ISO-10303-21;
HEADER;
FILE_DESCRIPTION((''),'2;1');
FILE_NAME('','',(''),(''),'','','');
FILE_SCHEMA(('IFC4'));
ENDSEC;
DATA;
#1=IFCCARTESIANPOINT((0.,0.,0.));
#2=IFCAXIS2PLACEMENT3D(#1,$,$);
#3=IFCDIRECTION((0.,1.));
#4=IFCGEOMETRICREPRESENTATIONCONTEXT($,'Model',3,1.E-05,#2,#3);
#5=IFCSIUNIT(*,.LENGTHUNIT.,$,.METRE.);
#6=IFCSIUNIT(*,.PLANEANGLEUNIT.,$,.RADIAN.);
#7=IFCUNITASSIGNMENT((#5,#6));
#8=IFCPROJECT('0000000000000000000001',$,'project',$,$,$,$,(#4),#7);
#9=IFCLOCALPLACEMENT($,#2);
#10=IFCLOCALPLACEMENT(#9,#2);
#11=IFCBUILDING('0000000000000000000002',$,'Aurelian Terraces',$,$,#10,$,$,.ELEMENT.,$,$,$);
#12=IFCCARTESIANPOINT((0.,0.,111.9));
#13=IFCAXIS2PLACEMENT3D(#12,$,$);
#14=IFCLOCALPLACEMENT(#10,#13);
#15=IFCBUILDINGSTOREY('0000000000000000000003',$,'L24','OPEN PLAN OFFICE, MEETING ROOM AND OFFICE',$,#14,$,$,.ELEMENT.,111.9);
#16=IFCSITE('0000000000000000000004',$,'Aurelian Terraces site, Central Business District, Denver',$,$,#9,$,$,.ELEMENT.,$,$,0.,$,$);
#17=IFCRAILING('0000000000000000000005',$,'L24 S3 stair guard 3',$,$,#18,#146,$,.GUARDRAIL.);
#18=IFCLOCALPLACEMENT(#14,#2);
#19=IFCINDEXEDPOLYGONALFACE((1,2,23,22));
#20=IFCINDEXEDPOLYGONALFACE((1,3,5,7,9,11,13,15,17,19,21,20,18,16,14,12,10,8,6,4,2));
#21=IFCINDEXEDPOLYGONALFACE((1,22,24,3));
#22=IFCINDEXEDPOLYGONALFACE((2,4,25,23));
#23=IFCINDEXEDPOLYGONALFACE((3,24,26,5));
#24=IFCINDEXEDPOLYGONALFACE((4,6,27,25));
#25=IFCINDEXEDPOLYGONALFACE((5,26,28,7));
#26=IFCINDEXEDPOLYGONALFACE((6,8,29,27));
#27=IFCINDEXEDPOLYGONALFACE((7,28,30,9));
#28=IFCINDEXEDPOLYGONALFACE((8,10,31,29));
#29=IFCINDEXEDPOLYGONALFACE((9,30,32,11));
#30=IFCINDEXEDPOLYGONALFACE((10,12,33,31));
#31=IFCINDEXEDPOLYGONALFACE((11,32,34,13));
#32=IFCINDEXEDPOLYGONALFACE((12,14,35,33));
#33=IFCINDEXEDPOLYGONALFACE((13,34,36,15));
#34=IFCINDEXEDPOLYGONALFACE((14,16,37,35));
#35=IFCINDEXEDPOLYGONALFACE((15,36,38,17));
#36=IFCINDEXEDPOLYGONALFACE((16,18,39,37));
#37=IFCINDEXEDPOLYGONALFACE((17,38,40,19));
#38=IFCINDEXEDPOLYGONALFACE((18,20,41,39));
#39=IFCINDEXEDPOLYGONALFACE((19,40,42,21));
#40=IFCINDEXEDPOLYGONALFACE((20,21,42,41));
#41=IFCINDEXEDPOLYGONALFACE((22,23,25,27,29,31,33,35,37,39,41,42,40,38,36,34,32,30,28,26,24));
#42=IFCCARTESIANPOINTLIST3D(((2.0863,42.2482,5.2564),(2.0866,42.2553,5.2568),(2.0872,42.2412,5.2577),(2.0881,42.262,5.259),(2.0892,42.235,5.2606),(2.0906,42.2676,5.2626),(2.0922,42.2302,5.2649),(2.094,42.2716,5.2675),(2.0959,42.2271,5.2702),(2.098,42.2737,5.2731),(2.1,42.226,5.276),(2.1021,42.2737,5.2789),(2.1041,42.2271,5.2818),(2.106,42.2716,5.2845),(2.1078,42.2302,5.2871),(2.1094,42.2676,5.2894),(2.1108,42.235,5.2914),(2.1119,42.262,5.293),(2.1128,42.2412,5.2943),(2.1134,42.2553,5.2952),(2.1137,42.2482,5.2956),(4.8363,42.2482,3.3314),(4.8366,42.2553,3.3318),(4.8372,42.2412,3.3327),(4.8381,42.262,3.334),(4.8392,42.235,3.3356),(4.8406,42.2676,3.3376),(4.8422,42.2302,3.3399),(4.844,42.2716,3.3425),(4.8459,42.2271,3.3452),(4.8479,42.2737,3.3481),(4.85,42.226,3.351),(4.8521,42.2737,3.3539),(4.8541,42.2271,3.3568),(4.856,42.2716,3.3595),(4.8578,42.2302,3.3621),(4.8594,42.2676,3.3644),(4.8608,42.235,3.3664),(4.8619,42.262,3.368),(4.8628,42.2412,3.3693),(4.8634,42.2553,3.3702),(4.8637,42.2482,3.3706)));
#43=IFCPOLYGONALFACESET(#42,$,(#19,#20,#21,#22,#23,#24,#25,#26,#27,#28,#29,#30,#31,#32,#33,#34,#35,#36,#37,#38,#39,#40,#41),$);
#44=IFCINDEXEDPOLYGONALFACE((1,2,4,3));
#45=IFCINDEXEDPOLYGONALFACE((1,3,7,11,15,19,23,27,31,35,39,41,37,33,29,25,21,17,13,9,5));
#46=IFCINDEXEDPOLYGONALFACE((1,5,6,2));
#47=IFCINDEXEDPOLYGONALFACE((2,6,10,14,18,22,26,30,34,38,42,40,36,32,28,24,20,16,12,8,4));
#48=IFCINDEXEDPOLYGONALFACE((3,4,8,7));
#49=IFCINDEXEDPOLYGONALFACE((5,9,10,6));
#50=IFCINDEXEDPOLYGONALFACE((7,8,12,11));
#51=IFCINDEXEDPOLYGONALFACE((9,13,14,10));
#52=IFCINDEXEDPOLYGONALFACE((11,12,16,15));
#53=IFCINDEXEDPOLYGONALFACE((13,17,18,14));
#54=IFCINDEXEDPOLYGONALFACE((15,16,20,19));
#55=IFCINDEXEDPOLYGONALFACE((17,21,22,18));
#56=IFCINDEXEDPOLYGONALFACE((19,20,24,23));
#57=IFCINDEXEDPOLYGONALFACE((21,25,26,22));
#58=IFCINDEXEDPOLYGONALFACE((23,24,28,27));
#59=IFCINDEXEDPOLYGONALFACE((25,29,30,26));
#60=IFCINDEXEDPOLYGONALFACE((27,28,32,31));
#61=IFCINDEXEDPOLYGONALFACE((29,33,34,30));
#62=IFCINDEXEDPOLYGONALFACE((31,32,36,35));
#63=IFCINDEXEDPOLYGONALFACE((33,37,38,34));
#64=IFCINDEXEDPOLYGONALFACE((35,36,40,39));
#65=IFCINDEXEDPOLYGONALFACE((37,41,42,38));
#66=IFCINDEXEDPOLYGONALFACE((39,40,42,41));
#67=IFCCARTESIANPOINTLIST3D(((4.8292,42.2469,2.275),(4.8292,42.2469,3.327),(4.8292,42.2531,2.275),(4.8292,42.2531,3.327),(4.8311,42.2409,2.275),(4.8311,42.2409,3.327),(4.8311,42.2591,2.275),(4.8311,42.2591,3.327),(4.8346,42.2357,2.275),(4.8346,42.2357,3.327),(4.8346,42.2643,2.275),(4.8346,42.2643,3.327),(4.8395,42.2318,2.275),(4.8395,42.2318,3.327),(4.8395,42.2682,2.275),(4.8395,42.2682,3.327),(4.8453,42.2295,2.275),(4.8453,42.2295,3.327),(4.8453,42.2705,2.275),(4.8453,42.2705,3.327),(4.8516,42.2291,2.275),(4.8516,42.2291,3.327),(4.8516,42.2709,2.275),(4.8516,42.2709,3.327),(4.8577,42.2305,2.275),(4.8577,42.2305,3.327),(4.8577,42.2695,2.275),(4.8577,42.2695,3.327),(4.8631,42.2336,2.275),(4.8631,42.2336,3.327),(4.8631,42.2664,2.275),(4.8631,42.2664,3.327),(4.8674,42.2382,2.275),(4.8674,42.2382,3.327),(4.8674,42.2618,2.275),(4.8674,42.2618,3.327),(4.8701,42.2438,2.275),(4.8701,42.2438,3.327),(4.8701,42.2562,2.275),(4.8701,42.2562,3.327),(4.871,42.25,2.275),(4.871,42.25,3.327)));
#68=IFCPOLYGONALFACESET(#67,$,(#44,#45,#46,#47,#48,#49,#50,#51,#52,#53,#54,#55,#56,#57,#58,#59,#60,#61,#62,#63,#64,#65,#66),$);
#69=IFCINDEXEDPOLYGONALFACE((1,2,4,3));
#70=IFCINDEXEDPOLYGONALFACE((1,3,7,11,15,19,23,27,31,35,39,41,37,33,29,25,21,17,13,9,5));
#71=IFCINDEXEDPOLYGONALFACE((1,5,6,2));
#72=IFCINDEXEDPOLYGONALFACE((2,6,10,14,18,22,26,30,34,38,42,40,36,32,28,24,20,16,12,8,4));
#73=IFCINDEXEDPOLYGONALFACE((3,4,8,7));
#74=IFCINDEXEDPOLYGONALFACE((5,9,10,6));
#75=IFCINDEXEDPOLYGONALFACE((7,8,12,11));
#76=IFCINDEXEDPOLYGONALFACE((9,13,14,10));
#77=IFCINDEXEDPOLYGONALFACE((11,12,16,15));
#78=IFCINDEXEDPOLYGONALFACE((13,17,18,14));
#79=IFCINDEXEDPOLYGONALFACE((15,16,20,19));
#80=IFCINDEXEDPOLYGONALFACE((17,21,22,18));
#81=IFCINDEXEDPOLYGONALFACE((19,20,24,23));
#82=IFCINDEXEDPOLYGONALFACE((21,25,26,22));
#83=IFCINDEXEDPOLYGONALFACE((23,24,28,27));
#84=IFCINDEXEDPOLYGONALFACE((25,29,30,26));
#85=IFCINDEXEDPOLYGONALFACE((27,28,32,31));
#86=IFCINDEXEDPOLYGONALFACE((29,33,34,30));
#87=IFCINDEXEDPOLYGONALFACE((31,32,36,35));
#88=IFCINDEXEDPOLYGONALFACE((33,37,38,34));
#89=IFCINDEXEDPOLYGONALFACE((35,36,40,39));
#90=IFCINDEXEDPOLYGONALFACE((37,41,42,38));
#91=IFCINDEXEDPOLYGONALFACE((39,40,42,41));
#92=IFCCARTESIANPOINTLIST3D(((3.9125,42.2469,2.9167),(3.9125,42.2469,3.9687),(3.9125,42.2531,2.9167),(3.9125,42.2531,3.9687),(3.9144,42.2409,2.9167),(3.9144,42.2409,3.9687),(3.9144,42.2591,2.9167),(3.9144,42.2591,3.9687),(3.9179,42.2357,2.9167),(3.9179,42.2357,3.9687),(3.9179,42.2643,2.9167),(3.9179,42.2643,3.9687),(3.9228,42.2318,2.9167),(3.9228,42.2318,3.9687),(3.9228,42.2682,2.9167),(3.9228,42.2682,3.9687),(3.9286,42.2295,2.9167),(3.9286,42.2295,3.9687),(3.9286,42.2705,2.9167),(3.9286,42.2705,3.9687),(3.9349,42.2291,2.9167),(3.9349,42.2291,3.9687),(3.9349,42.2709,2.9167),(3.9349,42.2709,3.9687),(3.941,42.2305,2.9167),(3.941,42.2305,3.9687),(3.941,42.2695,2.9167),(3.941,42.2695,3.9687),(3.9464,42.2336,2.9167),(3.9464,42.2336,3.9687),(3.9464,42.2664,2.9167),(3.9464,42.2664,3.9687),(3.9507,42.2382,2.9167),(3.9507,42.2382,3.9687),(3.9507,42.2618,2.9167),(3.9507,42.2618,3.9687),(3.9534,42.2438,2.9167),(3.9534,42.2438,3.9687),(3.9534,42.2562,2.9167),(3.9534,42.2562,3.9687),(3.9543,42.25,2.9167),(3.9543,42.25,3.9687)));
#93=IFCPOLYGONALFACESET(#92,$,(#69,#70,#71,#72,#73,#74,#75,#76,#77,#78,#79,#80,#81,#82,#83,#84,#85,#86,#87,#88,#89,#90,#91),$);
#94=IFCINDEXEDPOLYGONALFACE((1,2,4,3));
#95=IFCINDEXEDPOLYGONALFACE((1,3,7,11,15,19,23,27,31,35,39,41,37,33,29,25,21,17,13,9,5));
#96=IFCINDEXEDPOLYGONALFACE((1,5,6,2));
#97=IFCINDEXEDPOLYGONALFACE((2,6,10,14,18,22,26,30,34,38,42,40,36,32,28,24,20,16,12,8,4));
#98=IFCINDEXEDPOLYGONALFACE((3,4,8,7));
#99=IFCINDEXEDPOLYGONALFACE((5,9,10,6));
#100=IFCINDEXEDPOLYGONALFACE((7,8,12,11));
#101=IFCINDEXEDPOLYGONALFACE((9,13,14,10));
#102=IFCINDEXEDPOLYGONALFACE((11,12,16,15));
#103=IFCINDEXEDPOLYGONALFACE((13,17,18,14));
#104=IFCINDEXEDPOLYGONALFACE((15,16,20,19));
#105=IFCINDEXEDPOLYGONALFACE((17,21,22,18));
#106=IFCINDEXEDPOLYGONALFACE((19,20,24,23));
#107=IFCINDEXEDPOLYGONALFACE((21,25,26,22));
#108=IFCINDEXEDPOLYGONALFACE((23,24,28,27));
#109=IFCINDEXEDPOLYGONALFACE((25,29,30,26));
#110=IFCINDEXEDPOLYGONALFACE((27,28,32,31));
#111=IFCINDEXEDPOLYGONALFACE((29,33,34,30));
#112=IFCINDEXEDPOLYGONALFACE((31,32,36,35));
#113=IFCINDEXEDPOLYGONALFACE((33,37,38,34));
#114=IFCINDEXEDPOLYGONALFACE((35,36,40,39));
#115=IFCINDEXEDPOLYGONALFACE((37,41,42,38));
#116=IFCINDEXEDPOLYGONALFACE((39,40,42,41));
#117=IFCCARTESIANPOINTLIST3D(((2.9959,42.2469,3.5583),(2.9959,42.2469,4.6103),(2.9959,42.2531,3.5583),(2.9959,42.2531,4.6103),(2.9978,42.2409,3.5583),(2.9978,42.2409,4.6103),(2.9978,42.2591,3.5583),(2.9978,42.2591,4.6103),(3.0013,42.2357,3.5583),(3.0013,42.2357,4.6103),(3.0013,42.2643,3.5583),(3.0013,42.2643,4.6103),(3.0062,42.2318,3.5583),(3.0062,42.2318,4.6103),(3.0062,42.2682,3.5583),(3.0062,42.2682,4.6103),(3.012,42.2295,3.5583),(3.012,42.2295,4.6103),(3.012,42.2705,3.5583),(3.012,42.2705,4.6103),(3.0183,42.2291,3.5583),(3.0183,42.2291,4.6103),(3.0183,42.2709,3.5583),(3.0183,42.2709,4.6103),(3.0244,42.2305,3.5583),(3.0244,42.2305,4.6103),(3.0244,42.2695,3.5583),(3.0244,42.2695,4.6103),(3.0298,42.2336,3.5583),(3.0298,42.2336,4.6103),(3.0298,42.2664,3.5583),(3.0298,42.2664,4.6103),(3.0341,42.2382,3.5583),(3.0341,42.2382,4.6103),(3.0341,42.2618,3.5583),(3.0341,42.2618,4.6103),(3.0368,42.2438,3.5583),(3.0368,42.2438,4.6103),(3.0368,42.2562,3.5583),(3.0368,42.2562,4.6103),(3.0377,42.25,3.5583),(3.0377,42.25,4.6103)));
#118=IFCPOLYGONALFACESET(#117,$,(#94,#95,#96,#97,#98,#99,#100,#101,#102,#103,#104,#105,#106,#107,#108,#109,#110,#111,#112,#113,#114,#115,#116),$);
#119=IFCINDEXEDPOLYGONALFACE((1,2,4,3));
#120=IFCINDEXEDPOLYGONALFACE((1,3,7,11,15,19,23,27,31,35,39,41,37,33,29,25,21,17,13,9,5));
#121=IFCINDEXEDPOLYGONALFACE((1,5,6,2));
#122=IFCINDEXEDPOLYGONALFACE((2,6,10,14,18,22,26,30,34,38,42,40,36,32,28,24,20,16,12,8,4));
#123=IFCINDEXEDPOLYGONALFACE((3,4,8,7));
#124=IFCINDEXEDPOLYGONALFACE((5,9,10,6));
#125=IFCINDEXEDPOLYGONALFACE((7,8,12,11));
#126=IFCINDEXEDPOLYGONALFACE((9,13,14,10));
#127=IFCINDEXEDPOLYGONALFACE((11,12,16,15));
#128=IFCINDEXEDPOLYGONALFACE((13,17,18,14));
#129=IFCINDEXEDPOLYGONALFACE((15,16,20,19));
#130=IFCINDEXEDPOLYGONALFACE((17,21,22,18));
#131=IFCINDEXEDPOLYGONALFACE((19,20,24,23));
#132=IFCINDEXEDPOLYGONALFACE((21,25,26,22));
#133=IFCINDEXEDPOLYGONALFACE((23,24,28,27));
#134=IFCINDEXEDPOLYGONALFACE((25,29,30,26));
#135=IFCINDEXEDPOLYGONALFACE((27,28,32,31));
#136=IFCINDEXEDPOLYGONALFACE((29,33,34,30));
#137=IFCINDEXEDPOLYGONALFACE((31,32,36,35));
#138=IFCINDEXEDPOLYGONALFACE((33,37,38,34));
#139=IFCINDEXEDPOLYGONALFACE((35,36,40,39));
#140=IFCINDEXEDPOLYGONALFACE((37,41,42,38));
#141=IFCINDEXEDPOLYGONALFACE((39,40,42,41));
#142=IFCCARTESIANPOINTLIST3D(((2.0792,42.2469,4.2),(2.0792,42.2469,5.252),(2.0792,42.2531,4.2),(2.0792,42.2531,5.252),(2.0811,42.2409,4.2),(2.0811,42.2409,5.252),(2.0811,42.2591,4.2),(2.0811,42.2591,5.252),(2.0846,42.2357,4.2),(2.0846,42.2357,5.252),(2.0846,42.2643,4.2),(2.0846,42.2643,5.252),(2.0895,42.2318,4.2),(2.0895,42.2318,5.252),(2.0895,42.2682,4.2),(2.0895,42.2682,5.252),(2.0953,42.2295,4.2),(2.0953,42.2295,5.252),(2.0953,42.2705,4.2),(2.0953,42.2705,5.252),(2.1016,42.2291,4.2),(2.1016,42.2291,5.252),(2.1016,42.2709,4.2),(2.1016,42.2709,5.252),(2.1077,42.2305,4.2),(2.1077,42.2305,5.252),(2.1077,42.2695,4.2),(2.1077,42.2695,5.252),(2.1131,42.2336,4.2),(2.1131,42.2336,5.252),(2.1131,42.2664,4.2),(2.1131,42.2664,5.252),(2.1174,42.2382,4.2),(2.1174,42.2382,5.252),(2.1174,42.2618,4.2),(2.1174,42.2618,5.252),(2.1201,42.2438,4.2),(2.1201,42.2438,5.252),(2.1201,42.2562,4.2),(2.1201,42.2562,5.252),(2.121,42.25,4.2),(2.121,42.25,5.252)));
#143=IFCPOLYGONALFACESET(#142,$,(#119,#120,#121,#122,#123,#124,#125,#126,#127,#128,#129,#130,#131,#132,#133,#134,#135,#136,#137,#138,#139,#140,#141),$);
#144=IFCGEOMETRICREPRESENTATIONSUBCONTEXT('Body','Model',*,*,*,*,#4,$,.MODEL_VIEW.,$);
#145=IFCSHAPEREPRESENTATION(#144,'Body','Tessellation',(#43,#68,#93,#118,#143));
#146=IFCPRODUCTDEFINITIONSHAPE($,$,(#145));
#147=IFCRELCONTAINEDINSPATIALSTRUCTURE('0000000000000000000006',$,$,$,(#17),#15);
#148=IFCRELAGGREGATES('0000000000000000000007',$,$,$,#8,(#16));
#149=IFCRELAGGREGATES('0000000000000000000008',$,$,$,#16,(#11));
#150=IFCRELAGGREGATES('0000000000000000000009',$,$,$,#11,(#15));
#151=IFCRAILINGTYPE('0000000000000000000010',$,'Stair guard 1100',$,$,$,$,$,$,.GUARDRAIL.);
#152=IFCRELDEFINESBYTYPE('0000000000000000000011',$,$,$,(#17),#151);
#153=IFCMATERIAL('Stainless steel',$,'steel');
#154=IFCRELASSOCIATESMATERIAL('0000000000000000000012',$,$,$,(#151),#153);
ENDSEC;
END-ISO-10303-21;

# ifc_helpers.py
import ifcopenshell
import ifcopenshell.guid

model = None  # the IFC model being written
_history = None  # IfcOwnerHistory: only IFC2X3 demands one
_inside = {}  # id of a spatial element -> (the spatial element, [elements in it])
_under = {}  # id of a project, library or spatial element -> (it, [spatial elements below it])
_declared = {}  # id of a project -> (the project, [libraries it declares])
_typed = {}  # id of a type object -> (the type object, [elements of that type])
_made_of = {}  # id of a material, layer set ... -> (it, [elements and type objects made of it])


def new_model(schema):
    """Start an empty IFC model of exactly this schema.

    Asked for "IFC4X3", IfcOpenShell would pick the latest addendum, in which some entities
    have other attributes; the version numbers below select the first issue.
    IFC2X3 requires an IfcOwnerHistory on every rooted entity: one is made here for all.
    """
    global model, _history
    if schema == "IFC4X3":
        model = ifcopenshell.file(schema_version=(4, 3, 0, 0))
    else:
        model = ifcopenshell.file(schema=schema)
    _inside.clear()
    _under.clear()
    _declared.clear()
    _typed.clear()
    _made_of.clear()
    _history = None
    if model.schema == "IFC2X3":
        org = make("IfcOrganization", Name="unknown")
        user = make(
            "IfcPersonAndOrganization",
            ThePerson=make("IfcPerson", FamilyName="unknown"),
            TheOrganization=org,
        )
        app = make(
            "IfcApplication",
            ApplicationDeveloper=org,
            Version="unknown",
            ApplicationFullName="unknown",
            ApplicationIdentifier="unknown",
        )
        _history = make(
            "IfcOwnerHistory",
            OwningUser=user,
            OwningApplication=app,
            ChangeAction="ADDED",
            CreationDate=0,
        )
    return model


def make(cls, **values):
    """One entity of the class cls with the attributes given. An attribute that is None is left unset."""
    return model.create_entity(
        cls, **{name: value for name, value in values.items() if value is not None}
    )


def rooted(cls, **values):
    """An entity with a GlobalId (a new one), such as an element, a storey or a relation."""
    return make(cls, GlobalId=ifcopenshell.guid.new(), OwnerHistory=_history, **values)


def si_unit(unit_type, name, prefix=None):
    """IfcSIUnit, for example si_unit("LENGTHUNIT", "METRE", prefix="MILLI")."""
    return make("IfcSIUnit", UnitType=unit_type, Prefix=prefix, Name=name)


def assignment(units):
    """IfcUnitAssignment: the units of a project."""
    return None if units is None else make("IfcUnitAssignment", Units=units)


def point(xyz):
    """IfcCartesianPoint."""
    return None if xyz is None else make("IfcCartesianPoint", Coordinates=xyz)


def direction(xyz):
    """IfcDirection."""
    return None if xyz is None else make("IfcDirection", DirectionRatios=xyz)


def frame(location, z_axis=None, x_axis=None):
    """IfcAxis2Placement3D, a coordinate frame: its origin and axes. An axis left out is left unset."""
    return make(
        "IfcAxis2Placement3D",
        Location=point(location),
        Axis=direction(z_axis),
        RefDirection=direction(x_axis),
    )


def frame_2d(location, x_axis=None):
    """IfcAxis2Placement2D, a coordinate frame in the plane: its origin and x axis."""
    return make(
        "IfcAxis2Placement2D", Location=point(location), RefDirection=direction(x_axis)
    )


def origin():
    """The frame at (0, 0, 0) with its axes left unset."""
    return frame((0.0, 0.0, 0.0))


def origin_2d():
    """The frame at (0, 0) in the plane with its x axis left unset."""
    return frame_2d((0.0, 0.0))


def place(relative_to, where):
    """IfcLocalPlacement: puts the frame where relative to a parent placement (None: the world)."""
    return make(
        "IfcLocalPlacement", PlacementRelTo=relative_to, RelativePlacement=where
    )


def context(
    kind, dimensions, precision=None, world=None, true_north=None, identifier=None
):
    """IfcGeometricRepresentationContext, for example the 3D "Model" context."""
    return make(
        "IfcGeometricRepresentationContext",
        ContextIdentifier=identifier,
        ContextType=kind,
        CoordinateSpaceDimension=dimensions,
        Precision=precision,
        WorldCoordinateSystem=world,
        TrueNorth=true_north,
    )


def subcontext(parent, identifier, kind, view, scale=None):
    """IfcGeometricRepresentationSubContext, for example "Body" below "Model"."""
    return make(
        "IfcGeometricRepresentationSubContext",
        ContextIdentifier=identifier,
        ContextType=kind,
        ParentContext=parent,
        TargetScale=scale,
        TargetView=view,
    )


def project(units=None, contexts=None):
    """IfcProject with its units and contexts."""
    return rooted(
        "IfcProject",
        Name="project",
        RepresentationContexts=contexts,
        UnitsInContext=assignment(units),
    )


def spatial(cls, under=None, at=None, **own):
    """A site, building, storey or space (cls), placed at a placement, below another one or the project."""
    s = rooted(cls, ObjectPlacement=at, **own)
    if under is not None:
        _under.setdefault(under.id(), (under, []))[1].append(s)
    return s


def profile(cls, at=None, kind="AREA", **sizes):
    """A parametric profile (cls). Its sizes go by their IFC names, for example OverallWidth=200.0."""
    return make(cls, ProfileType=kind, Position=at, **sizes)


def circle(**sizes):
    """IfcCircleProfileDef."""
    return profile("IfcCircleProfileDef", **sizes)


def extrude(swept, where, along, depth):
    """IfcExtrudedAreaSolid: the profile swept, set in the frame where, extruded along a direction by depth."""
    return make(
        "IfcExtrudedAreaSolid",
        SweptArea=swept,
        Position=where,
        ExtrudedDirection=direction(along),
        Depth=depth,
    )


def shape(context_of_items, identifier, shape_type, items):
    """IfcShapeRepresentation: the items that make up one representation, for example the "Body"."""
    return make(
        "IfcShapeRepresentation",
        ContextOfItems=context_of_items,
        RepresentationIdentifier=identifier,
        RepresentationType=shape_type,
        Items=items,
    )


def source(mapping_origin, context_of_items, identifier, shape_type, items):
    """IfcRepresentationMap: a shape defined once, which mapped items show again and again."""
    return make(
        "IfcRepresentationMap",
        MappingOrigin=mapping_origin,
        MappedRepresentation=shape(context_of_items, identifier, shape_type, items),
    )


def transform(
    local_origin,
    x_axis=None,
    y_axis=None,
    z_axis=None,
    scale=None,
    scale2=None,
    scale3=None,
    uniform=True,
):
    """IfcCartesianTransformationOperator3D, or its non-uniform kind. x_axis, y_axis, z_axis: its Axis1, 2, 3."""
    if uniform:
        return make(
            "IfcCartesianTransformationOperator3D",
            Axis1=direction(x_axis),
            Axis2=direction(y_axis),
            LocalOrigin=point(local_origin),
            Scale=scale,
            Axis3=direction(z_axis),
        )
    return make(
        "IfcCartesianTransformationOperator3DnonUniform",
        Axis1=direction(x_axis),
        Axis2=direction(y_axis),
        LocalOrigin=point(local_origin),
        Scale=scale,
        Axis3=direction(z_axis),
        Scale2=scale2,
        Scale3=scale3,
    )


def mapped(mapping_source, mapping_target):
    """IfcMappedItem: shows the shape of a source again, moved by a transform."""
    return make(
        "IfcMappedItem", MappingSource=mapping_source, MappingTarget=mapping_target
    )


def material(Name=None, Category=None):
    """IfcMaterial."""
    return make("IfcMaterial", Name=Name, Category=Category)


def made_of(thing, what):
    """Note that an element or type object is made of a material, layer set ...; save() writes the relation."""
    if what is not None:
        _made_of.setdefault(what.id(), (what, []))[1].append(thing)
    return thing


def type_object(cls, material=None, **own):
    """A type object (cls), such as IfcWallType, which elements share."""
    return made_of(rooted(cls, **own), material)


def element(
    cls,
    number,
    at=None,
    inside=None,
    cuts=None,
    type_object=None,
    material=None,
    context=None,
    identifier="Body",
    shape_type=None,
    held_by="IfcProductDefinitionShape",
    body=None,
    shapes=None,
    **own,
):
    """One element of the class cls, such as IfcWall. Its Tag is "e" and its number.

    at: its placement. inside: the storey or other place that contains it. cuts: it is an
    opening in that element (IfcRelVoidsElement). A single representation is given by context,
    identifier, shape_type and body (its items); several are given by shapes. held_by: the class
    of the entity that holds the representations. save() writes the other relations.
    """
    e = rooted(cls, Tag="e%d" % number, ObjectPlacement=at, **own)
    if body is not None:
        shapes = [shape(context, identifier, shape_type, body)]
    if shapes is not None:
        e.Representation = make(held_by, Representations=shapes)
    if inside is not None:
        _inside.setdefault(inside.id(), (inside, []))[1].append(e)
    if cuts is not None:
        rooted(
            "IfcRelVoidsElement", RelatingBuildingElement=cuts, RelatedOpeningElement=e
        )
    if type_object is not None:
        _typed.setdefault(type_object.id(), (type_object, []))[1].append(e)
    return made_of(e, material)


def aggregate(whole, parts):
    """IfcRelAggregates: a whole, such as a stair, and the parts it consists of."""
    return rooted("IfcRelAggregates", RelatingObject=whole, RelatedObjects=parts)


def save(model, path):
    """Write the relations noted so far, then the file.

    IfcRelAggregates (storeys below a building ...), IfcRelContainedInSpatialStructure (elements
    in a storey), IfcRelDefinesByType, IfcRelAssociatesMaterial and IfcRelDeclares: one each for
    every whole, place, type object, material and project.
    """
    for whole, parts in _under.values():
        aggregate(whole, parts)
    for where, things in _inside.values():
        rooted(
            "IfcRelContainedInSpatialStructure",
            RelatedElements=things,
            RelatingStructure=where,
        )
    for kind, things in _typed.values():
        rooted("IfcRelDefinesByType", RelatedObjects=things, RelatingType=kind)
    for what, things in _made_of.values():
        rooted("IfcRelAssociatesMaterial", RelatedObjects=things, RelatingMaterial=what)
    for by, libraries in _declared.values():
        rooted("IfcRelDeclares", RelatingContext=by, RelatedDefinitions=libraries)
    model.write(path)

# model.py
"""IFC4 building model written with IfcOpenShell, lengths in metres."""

from ifc_helpers import new_model, si_unit, direction, frame, origin, origin_2d, place, context, subcontext, project, spatial, circle, extrude, source, transform, mapped, material, type_object, element, save


model = new_model("IFC4")

# Units and contexts
model_context = context("Model", 3, precision=1e-05, world=origin(), true_north=direction((0.0, 1.0)))
body_context = subcontext(model_context, "Body", "Model", "MODEL_VIEW")
ifc_project = project(units=[si_unit("LENGTHUNIT", "METRE"), si_unit("PLANEANGLEUNIT", "RADIAN")], contexts=[model_context])

# Site, building, storey
site_placement = place(None, origin())
site = spatial("IfcSite", under=ifc_project, at=site_placement, Name="Aurelian Terraces site, Central Business District, Denver", CompositionType="ELEMENT", RefElevation=0.0)
building_placement = place(site_placement, origin())
building = spatial("IfcBuilding", under=site, at=building_placement, Name="Aurelian Terraces", CompositionType="ELEMENT")
storey_placement = place(building_placement, frame((0.0, 0.0, 111.9)))
storey = spatial("IfcBuildingStorey", under=building, at=storey_placement, Name="L24", Description="OPEN PLAN OFFICE, MEETING ROOM AND OFFICE", CompositionType="ELEMENT", Elevation=111.9)

# Railing
ifc_material_1 = material(Name="Stainless steel", Category="steel")
railing_type_1 = type_object("IfcRailingType", Name="Stair guard 1100", PredefinedType="GUARDRAIL", material=ifc_material_1)
shared_shape_1 = source(origin(), body_context, "Body", "SweptSolid", [
    extrude(circle(Radius=0.024, at=origin_2d()), frame((0.0, 0.0, 1.076), z_axis=(-0.819232, 0.0, 0.573462), x_axis=(0.0, -1.0, 0.0)), (0.0, 0.0, 1.0), 3.3568),
    extrude(circle(Radius=0.021, at=origin_2d()), origin(), (0.0, 0.0, 1.0), 1.052),
    extrude(circle(Radius=0.021, at=origin_2d()), frame((-0.9167, 0.0, 0.6417)), (0.0, 0.0, 1.0), 1.052),
    extrude(circle(Radius=0.021, at=origin_2d()), frame((-1.8333, 0.0, 1.2833)), (0.0, 0.0, 1.0), 1.052),
    extrude(circle(Radius=0.021, at=origin_2d()), frame((-2.75, 0.0, 1.925)), (0.0, 0.0, 1.0), 1.052),
])
railing_1_placement = place(storey_placement, frame((4.85, 42.25, 2.275)))
element("IfcRailing", 1, at=railing_1_placement, inside=storey, type_object=railing_type_1, Name="L24 S3 stair guard 3", PredefinedType="GUARDRAIL", context=body_context, shape_type="MappedRepresentation", body=[
    mapped(shared_shape_1, transform((0.0, 0.0, 0.0), scale=1.0)),
])

save(model, "model.ifc")
